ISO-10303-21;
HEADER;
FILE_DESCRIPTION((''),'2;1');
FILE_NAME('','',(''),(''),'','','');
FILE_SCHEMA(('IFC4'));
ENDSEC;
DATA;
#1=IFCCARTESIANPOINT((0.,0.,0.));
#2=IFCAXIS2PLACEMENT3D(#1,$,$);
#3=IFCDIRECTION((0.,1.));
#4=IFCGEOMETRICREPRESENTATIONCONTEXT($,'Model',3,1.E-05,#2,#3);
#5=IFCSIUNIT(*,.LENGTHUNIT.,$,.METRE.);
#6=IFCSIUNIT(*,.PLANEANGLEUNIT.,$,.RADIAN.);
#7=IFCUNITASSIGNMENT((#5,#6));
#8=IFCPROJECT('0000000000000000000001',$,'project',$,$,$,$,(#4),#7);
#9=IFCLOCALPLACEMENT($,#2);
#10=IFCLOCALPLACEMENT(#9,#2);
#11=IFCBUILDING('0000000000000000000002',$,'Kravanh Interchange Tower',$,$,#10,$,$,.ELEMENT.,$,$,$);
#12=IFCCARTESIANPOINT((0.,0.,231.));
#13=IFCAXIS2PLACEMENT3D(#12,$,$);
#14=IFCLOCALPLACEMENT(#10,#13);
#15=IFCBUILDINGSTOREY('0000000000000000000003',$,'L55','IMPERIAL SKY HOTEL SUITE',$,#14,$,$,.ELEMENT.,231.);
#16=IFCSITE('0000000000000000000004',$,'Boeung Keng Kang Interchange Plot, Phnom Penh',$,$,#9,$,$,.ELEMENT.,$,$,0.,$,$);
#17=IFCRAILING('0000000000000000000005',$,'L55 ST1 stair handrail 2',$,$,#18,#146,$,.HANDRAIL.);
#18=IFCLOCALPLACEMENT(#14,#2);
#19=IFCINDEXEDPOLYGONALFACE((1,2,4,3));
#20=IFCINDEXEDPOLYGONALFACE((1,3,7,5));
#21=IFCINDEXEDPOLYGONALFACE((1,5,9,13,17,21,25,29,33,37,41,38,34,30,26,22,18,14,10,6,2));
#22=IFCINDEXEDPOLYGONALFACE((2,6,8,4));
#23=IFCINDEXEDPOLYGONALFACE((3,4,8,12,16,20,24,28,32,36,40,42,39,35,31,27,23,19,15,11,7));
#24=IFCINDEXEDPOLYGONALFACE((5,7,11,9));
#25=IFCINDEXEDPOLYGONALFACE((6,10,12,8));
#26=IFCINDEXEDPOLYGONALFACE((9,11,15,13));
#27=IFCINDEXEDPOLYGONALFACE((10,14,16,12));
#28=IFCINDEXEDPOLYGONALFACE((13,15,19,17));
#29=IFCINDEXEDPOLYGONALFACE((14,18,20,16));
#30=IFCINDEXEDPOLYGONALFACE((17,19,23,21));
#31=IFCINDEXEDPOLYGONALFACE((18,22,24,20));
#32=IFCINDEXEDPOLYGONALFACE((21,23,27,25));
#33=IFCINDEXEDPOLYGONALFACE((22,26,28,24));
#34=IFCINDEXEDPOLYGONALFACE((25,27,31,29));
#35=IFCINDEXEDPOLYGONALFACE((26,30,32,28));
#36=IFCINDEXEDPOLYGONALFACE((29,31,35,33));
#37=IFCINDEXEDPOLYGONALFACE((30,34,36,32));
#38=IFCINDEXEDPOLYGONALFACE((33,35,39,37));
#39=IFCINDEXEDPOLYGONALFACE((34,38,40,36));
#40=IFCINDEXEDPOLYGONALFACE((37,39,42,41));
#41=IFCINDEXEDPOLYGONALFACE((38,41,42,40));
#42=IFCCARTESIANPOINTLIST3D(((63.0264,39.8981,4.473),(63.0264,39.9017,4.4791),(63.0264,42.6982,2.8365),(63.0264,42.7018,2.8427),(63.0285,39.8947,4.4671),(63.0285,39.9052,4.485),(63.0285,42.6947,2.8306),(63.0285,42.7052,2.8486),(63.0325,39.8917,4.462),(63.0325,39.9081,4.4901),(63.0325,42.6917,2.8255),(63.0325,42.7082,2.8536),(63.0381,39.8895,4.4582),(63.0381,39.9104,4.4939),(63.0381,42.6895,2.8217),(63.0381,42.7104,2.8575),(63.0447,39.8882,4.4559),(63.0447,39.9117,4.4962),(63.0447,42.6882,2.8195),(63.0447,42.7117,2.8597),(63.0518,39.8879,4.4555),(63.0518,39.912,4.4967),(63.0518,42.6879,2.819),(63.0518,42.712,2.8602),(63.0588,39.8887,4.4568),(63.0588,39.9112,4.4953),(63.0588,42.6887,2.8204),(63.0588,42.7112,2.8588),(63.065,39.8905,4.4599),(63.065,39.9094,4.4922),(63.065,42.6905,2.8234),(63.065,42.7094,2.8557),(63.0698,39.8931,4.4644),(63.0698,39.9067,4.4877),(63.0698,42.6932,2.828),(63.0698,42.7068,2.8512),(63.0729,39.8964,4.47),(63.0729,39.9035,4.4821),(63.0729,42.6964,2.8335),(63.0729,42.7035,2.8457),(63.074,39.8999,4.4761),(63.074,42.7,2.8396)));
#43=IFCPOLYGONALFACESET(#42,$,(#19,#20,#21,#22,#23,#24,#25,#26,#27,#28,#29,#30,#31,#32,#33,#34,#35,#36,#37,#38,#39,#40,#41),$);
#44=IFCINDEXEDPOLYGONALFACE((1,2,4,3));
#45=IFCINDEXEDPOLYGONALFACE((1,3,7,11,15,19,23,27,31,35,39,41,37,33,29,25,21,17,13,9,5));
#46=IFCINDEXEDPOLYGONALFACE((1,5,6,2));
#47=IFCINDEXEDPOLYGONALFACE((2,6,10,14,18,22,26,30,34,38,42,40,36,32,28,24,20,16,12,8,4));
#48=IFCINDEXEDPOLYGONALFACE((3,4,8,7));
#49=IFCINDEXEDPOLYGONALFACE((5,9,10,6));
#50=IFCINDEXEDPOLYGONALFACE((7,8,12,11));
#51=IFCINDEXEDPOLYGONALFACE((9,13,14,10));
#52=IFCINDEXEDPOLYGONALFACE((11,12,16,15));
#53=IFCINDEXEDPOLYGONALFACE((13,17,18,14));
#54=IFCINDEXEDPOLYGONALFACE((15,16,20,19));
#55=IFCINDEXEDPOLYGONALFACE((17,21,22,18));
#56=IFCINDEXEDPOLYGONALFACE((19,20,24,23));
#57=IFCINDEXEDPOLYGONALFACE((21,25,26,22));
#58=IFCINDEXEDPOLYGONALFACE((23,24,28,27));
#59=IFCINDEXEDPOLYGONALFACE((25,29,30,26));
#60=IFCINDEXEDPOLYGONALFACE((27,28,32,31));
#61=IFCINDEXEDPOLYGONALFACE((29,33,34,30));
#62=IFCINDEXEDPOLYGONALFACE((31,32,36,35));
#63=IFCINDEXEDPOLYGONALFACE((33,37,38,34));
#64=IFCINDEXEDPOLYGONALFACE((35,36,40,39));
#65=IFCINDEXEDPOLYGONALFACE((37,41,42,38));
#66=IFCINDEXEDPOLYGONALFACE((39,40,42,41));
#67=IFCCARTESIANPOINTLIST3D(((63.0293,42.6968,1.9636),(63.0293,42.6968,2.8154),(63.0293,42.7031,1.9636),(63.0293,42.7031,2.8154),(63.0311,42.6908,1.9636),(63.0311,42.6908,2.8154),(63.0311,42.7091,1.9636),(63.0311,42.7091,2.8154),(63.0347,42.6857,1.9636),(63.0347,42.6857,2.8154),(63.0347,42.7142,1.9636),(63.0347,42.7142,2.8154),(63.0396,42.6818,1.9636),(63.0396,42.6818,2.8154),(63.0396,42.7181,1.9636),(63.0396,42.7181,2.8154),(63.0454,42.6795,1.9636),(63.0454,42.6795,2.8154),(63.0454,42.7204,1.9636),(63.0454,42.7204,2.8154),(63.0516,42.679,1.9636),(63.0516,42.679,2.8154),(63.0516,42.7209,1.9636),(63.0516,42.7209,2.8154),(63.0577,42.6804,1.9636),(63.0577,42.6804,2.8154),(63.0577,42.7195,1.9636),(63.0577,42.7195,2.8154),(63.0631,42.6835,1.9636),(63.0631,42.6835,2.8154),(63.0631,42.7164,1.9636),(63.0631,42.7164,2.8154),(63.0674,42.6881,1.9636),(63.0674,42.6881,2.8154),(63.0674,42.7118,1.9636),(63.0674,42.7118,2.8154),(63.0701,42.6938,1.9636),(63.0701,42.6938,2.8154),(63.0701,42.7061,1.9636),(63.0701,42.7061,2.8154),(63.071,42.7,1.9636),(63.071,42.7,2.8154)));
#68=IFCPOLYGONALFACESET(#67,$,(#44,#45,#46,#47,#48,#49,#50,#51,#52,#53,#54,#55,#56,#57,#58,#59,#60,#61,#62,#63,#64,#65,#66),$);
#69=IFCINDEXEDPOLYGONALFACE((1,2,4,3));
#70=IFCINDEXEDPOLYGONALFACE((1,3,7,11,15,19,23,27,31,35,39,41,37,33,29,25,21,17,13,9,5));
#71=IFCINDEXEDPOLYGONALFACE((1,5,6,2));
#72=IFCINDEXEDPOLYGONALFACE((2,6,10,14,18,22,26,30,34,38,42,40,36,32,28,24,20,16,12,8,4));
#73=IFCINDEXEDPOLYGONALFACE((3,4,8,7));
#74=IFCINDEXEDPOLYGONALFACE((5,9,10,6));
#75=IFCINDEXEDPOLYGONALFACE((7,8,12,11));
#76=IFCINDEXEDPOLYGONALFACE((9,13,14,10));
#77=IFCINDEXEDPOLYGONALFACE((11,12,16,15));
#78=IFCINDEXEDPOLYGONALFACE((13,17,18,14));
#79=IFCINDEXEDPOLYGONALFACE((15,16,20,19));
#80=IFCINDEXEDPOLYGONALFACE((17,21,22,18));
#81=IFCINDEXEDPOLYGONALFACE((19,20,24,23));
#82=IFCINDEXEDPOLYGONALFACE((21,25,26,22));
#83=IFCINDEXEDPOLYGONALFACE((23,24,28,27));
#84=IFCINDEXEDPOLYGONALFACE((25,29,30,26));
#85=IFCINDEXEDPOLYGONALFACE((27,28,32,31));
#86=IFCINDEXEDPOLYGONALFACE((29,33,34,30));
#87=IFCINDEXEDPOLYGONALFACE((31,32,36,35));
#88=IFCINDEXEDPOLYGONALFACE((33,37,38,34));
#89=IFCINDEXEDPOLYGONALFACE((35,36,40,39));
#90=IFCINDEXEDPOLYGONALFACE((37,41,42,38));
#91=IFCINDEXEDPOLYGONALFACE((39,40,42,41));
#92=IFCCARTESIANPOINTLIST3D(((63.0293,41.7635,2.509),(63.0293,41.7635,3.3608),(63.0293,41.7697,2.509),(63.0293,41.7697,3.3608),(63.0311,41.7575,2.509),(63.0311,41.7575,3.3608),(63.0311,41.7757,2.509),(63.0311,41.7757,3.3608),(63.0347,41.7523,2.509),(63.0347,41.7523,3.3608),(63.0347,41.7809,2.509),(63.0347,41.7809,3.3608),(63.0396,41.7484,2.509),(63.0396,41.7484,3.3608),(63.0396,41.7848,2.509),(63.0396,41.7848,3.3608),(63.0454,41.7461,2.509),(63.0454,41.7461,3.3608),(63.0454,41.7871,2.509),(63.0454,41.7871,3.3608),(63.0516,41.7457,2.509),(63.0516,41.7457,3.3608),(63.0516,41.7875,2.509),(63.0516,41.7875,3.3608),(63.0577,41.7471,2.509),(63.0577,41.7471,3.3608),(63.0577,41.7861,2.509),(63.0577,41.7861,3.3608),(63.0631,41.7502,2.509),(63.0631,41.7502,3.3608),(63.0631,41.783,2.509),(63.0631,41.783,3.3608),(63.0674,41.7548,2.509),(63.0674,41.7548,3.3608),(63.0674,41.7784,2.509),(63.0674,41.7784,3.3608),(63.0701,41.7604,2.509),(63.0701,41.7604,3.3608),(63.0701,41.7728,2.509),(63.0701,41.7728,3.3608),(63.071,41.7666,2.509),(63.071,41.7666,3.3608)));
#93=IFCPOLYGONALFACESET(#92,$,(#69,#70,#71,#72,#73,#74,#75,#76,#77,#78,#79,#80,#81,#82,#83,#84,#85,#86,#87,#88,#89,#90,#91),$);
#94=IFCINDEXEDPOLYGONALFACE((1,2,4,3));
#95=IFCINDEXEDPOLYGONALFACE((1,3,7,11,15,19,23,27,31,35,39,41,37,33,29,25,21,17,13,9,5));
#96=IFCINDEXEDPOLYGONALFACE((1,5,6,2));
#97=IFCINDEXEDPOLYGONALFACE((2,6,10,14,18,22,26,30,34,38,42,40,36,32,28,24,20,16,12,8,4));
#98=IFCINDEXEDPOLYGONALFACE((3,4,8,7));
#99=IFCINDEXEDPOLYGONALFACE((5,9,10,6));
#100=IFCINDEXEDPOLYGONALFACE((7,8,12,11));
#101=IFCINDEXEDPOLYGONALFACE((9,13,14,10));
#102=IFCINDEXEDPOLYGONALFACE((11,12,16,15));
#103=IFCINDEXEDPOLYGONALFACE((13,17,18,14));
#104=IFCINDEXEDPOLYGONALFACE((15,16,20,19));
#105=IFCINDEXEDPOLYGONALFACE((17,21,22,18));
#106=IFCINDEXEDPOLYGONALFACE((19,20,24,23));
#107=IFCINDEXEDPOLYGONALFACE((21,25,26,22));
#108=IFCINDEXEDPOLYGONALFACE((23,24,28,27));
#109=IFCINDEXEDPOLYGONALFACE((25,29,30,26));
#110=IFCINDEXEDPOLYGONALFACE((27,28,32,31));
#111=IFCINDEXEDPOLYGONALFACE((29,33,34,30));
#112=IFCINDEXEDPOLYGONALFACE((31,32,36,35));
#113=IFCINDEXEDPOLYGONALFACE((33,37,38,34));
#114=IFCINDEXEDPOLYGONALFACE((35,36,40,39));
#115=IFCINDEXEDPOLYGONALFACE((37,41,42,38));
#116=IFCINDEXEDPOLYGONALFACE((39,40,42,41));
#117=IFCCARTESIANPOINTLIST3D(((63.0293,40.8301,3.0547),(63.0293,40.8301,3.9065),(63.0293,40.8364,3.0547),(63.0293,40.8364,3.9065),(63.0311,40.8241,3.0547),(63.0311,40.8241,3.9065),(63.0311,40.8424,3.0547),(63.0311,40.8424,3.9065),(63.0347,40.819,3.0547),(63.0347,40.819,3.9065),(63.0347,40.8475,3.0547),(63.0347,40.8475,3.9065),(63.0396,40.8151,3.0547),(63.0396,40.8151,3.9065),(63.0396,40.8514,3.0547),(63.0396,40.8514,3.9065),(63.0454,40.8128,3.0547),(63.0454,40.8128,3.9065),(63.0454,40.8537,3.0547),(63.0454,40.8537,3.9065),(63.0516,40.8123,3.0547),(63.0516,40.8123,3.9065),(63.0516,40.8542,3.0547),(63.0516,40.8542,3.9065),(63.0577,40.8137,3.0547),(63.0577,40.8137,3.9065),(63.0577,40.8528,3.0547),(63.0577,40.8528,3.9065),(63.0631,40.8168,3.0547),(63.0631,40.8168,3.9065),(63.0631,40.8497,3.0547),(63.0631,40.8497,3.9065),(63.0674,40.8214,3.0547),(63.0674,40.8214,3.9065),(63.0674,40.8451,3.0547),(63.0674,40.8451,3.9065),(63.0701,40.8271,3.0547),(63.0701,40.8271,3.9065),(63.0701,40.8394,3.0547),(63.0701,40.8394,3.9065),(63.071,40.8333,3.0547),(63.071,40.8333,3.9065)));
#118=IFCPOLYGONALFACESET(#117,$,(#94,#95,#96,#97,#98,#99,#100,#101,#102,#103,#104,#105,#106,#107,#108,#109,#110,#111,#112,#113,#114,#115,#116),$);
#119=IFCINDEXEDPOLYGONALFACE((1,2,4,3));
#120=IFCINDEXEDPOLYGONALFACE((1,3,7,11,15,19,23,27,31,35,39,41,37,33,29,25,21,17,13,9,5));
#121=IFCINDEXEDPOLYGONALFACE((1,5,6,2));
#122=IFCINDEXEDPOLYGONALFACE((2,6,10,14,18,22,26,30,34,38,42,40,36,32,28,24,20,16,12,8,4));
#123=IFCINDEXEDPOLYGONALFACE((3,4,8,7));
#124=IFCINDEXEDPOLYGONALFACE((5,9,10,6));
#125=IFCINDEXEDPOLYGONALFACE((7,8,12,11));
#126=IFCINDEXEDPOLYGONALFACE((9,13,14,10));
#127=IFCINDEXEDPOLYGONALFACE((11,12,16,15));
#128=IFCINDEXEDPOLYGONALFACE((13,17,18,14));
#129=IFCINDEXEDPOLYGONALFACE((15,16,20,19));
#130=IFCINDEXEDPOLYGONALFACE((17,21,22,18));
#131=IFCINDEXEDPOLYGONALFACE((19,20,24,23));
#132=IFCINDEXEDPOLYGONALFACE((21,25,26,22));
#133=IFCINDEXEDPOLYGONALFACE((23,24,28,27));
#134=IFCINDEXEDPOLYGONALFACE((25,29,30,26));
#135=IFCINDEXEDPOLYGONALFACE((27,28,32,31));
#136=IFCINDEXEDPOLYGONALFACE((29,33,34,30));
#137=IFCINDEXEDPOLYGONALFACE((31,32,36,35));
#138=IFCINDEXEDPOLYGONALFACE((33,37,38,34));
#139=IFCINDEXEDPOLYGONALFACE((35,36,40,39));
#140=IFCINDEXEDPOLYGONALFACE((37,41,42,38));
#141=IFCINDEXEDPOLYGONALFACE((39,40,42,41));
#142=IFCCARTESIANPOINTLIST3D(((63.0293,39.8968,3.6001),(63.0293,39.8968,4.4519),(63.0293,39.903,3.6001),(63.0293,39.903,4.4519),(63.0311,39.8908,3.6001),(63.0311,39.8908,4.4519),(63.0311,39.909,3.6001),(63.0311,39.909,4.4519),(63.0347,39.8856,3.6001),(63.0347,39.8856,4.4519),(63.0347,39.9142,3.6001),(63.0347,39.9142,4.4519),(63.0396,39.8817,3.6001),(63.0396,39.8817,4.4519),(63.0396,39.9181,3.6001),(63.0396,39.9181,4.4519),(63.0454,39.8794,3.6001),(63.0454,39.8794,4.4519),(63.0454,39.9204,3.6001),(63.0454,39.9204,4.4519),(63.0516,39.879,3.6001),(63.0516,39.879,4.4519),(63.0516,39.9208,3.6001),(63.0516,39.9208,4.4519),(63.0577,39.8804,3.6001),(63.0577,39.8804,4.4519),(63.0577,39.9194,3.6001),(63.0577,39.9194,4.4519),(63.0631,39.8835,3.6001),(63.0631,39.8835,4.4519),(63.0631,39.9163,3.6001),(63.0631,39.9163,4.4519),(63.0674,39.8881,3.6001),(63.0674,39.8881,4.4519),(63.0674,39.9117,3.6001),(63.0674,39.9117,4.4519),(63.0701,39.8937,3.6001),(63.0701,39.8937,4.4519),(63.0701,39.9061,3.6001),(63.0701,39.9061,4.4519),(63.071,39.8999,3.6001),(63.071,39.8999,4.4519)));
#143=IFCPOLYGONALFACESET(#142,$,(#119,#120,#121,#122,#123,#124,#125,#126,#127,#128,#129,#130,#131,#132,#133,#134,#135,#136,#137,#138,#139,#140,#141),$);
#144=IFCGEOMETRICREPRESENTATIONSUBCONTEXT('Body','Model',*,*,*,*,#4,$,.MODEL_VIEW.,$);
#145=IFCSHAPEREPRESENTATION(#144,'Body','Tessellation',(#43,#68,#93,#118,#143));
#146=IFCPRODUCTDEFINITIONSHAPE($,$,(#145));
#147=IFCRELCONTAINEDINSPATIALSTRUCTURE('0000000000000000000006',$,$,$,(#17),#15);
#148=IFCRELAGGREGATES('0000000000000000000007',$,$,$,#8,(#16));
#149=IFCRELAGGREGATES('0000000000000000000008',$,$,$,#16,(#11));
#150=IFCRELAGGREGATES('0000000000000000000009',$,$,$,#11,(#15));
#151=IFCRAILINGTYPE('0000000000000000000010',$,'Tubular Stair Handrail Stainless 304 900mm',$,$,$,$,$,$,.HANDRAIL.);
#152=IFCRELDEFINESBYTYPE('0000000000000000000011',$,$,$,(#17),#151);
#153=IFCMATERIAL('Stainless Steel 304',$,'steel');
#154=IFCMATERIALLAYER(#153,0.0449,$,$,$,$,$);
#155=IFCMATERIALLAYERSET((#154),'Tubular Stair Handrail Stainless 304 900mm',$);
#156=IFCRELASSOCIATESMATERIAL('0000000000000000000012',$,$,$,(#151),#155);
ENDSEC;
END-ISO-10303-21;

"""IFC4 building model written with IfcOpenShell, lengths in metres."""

from ifc_helpers import new_model, si_unit, direction, frame, origin, origin_2d, place, context, subcontext, project, spatial, circle, extrude, material, layer, layer_set, type_object, element, save


model = new_model("IFC4")

# Units and contexts
model_context = context("Model", 3, precision=1e-05, world=origin(), true_north=direction((0.0, 1.0)))
body_context = subcontext(model_context, "Body", "Model", "MODEL_VIEW")
ifc_project = project(units=[si_unit("LENGTHUNIT", "METRE"), si_unit("PLANEANGLEUNIT", "RADIAN")], contexts=[model_context])

# Site, building, storey
site_placement = place(None, origin())
site = spatial("IfcSite", under=ifc_project, at=site_placement, Name="Boeung Keng Kang Interchange Plot, Phnom Penh", CompositionType="ELEMENT", RefElevation=0.0)
building_placement = place(site_placement, origin())
building = spatial("IfcBuilding", under=site, at=building_placement, Name="Kravanh Interchange Tower", CompositionType="ELEMENT")
storey_placement = place(building_placement, frame((0.0, 0.0, 231.0)))
storey = spatial("IfcBuildingStorey", under=building, at=storey_placement, Name="L55", Description="IMPERIAL SKY HOTEL SUITE", CompositionType="ELEMENT", Elevation=231.0)

# Railing
ifc_material_1 = material(Name="Stainless Steel 304", Category="steel")
ifc_layer_1 = layer(ifc_material_1, 0.0449)
ifc_layer_set_1 = layer_set([ifc_layer_1], Name="Tubular Stair Handrail Stainless 304 900mm")
railing_type_1 = type_object("IfcRailingType", Name="Tubular Stair Handrail Stainless 304 900mm", PredefinedType="HANDRAIL", material=ifc_layer_set_1)
railing_1_placement = place(storey_placement, frame((63.05, 42.7, 1.9636)))
element("IfcRailing", 1, at=railing_1_placement, inside=storey, type_object=railing_type_1, Name="L55 ST1 stair handrail 2", PredefinedType="HANDRAIL", context=body_context, shape_type="SweptSolid", body=[
    extrude(circle(Radius=0.0239, at=origin_2d()), frame((0.0, 0.0, 0.876), z_axis=(0.0, -0.863361, 0.504587), x_axis=(1.0, 0.0, 0.0)), (0.0, 0.0, 1.0), 3.2432),
    extrude(circle(Radius=0.021, at=origin_2d()), origin(), (0.0, 0.0, 1.0), 0.8518),
    extrude(circle(Radius=0.021, at=origin_2d()), frame((0.0, -0.9333, 0.5454)), (0.0, 0.0, 1.0), 0.8518),
    extrude(circle(Radius=0.021, at=origin_2d()), frame((0.0, -1.8667, 1.0911)), (0.0, 0.0, 1.0), 0.8518),
    extrude(circle(Radius=0.021, at=origin_2d()), frame((0.0, -2.8, 1.6365)), (0.0, 0.0, 1.0), 0.8518),
])

save(model, "model.ifc")
